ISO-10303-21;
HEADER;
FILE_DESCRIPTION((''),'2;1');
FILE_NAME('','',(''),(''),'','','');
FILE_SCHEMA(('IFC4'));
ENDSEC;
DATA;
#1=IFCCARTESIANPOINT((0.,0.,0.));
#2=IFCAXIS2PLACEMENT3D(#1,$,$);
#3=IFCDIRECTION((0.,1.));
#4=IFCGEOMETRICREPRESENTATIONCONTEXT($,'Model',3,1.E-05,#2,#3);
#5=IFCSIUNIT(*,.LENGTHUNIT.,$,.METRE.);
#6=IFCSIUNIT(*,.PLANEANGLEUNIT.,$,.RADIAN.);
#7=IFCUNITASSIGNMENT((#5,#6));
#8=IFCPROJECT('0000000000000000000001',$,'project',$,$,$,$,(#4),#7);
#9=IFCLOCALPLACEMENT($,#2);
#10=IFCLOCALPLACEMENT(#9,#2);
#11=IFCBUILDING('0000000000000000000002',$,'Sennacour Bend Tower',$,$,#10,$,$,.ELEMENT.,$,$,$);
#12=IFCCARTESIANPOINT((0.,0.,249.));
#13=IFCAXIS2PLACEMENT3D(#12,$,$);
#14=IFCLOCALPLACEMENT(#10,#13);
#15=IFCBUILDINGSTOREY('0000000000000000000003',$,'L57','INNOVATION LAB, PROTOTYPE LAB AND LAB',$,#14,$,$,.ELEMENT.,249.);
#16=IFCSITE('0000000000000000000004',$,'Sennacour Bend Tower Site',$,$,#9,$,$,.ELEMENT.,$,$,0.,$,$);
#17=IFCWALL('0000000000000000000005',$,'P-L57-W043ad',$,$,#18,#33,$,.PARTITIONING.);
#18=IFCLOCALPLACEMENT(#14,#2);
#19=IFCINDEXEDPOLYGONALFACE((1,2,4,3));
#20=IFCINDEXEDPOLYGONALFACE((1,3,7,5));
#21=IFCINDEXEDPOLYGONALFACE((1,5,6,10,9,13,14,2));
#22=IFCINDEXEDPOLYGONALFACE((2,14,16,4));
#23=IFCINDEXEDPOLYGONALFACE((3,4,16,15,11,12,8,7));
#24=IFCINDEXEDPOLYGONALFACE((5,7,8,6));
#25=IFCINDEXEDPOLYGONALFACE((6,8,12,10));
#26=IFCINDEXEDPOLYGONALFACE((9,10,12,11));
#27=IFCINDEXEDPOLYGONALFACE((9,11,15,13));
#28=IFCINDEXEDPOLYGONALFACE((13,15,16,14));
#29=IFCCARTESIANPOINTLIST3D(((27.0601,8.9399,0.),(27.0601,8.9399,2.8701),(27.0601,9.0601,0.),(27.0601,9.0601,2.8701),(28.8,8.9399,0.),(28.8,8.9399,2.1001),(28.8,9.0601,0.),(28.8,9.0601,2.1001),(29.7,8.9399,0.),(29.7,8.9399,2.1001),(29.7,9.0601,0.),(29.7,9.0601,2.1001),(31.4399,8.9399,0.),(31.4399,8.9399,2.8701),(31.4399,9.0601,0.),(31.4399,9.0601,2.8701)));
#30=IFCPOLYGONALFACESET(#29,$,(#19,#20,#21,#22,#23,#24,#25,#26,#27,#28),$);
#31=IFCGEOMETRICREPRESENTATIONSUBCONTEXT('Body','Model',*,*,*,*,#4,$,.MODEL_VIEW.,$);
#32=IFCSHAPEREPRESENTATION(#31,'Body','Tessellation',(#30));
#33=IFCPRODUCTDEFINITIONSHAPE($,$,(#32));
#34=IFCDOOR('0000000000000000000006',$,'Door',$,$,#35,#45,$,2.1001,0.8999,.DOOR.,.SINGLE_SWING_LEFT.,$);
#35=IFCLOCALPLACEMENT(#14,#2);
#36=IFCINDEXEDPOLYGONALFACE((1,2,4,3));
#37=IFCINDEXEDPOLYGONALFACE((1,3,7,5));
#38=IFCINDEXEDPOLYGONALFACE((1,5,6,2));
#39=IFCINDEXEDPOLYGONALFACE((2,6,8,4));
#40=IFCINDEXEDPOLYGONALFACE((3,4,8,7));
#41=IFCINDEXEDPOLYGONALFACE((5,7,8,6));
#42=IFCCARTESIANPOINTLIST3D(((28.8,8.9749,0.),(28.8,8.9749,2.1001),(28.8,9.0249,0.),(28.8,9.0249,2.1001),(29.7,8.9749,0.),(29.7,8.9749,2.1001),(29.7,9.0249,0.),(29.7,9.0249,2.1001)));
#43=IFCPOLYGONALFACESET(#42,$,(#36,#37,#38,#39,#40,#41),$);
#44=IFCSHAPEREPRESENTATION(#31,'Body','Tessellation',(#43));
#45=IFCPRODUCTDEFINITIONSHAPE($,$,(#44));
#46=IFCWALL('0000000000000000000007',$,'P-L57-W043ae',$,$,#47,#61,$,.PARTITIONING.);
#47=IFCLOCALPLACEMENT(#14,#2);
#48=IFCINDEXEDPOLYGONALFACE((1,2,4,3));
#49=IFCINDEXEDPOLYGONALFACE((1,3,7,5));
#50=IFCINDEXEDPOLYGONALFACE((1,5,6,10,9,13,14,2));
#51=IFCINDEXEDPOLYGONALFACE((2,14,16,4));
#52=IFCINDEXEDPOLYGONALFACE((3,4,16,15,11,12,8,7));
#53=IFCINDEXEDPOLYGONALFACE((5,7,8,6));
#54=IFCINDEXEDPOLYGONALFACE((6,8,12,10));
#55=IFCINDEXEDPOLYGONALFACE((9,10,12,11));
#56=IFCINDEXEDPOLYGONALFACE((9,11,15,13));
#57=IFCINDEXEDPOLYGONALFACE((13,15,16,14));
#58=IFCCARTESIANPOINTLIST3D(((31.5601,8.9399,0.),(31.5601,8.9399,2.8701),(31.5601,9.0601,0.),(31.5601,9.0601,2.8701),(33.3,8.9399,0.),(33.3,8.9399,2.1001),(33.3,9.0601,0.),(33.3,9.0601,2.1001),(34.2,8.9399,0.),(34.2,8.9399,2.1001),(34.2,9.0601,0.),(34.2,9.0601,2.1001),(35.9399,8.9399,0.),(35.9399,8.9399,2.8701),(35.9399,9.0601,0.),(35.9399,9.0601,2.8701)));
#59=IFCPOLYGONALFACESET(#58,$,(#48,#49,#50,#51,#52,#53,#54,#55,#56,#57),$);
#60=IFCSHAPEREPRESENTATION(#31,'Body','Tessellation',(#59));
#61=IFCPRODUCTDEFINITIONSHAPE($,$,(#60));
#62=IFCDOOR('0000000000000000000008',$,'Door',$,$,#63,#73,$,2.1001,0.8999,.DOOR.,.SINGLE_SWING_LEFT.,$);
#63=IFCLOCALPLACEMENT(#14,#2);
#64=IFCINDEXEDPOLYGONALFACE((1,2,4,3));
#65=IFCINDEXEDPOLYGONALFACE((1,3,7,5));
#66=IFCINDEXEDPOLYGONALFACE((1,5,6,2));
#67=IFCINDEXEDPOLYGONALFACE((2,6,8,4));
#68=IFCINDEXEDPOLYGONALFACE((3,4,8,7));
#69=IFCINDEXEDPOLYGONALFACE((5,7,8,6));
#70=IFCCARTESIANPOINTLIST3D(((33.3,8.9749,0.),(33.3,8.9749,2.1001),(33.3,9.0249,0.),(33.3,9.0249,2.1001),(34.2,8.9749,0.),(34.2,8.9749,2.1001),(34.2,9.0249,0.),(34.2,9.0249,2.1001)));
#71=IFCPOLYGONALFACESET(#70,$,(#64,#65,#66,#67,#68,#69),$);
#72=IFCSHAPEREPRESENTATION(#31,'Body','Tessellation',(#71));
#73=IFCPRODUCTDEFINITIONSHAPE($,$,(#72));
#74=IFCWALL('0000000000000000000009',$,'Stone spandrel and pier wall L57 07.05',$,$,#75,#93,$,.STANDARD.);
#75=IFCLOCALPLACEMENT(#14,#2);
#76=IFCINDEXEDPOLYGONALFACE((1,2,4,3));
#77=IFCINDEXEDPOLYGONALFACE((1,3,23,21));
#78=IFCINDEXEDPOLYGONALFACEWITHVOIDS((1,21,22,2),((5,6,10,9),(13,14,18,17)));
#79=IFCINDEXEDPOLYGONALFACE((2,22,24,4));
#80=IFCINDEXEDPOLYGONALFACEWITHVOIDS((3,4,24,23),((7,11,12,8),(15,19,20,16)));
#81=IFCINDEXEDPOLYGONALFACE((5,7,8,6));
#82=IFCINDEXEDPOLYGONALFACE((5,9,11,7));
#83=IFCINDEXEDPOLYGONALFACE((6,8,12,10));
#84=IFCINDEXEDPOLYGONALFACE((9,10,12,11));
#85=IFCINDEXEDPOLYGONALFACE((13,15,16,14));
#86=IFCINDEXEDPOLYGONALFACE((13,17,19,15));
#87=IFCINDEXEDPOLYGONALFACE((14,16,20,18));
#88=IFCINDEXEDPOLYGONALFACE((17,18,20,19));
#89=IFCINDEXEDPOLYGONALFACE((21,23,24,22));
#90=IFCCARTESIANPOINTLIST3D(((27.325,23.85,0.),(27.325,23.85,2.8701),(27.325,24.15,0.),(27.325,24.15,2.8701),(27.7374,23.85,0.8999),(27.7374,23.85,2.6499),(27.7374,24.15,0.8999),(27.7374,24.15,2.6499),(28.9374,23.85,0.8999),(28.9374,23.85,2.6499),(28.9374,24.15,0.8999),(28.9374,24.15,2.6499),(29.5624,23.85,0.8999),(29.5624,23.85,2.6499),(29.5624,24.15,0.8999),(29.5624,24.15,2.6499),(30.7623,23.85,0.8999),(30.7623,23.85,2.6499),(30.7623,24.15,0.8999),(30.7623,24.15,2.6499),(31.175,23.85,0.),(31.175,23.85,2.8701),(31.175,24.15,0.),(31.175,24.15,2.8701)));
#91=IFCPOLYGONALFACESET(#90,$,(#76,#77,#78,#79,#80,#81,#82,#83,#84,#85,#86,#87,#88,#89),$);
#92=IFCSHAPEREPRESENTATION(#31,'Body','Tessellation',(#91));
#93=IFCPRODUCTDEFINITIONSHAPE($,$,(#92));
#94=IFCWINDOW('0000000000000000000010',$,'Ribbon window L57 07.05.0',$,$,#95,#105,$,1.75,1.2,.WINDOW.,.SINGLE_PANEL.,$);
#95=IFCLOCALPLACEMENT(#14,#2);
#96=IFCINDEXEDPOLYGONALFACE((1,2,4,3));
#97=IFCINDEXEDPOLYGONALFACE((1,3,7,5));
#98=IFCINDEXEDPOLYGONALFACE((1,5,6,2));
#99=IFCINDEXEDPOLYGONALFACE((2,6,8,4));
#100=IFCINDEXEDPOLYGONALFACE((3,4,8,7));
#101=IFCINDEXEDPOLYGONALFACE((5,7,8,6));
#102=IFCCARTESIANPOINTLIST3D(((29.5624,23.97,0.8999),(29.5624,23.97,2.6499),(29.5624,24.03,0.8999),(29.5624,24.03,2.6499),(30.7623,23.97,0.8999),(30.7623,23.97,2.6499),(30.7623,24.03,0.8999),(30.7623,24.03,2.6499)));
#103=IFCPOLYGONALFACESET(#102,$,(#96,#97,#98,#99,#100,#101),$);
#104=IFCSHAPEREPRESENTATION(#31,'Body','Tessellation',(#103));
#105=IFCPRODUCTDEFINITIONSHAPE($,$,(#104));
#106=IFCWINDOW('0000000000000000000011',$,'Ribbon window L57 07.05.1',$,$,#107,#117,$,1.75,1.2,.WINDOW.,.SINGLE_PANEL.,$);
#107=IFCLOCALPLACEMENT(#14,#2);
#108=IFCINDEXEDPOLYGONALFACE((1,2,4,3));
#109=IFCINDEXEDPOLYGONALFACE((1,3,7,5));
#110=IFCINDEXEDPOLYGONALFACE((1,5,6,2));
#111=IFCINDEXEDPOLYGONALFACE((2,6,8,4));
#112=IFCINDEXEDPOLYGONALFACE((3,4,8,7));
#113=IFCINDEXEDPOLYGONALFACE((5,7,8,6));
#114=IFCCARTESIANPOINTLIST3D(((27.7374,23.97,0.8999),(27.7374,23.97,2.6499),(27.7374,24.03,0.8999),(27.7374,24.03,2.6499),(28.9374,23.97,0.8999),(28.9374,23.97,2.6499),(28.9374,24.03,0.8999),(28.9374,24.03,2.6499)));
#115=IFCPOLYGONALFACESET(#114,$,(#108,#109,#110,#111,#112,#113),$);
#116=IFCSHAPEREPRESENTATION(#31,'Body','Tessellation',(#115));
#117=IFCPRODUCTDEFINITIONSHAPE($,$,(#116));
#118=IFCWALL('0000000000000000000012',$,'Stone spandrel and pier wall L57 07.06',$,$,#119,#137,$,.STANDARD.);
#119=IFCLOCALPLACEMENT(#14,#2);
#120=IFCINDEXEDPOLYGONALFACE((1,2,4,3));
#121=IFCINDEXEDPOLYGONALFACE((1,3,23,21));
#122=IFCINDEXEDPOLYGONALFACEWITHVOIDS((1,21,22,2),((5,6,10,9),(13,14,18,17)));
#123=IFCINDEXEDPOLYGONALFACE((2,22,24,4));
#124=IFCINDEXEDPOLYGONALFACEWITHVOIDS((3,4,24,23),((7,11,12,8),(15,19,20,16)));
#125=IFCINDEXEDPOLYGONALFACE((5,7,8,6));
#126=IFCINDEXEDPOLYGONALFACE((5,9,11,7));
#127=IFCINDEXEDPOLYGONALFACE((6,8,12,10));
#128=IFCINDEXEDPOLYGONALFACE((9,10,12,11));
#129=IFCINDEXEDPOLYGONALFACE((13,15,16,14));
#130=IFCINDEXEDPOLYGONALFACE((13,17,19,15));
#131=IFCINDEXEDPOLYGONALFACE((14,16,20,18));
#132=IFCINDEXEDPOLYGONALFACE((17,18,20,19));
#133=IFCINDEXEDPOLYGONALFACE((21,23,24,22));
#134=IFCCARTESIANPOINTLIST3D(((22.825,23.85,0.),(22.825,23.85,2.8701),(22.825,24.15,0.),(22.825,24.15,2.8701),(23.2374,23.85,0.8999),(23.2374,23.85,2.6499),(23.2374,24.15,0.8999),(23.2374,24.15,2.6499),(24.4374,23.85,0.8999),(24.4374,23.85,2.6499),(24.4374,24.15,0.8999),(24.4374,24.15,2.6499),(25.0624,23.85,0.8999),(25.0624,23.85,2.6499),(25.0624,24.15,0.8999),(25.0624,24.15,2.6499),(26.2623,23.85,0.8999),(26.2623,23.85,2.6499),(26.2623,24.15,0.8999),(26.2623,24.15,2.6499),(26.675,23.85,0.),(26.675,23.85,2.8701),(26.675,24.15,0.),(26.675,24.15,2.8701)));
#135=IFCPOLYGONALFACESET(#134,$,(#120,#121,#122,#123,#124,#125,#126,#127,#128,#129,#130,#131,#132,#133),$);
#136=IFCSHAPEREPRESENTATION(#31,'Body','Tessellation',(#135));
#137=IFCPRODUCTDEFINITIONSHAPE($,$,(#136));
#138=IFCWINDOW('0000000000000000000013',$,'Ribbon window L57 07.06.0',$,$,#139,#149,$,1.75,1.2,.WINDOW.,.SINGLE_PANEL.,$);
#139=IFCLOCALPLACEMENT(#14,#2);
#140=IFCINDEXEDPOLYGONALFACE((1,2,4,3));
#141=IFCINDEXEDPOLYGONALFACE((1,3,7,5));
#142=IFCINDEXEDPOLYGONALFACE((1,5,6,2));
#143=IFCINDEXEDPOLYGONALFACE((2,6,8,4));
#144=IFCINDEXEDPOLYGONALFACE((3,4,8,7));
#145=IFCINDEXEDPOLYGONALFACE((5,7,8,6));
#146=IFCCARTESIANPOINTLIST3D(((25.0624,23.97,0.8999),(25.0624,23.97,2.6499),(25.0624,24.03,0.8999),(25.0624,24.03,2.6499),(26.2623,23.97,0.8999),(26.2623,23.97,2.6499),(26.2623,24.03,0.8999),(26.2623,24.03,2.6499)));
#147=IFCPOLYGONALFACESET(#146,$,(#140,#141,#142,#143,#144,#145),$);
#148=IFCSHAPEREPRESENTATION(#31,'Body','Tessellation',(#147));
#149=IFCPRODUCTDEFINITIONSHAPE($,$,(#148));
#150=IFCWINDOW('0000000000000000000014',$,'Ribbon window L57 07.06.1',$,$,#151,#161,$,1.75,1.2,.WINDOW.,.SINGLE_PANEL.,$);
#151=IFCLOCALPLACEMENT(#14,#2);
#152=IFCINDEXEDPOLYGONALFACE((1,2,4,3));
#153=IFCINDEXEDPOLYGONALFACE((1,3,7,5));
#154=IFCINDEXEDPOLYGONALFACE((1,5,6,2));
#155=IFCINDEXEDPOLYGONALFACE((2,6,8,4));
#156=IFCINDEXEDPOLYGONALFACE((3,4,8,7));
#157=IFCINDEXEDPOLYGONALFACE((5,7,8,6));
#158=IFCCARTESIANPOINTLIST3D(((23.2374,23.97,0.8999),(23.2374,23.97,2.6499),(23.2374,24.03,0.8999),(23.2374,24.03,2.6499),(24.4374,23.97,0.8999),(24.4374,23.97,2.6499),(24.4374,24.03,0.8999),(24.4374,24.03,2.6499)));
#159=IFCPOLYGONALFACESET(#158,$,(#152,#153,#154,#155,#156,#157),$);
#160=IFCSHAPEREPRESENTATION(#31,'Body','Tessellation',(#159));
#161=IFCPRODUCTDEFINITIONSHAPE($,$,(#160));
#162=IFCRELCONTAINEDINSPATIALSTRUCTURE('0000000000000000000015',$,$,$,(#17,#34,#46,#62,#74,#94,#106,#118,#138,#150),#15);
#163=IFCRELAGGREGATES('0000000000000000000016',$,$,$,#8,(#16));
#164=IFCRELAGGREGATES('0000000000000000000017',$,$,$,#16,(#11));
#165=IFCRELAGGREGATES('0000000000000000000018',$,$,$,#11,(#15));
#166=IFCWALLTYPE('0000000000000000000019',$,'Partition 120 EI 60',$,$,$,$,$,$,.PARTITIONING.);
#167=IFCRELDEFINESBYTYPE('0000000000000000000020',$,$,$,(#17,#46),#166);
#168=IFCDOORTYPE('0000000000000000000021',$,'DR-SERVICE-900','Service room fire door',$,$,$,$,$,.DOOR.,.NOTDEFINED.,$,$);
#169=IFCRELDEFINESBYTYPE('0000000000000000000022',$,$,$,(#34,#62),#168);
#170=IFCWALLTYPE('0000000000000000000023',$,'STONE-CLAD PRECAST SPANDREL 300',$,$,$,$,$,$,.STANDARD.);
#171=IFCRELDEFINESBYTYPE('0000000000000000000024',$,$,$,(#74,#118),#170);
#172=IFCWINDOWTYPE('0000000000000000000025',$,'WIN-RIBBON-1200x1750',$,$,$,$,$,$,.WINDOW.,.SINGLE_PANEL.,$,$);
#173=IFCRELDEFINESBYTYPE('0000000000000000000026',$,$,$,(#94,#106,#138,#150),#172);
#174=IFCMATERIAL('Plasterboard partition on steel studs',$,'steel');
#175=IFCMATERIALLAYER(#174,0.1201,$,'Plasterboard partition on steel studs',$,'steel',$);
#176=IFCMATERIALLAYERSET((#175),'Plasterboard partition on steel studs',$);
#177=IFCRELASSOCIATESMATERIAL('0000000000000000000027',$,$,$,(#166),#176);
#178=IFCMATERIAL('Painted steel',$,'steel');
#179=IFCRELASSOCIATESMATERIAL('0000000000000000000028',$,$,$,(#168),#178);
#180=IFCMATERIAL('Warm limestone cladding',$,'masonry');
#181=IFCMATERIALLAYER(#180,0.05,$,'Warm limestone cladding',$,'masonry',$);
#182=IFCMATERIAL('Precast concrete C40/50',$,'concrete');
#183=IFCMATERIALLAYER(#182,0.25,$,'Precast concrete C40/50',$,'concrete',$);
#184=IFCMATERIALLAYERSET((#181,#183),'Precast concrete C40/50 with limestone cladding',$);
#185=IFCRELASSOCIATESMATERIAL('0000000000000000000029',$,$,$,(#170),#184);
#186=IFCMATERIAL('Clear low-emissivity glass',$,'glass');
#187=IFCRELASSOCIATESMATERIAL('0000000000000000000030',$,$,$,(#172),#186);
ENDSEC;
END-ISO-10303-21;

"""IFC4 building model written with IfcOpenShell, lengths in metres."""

from ifc_helpers import new_model, si_unit, direction, frame, frame_2d, origin, place, context, subcontext, project, spatial, rectangle, extrude, material, layer, layer_set, type_object, element, fill, save


model = new_model("IFC4")

# Units and contexts
model_context = context("Model", 3, precision=1e-05, world=origin(), true_north=direction((0.0, 1.0)))
body_context = subcontext(model_context, "Body", "Model", "MODEL_VIEW")
ifc_project = project(units=[si_unit("LENGTHUNIT", "METRE"), si_unit("PLANEANGLEUNIT", "RADIAN")], contexts=[model_context])

# Site, building, storey
site_placement = place(None, origin())
site = spatial("IfcSite", under=ifc_project, at=site_placement, Name="Sennacour Bend Tower Site", CompositionType="ELEMENT", RefElevation=0.0)
building_placement = place(site_placement, origin())
building = spatial("IfcBuilding", under=site, at=building_placement, Name="Sennacour Bend Tower", CompositionType="ELEMENT")
storey_placement = place(building_placement, frame((0.0, 0.0, 249.0)))
storey = spatial("IfcBuildingStorey", under=building, at=storey_placement, Name="L57", Description="INNOVATION LAB, PROTOTYPE LAB AND LAB", CompositionType="ELEMENT", Elevation=249.0)

# Shared definitions
ifc_material_1 = material(Name="Plasterboard partition on steel studs", Category="steel")

# Walls, openings, doors
ifc_layer_1 = layer(ifc_material_1, 0.1201, Name="Plasterboard partition on steel studs", Category="steel")
ifc_layer_set_1 = layer_set([ifc_layer_1], Name="Plasterboard partition on steel studs")
wall_type_1 = type_object("IfcWallType", Name="Partition 120 EI 60", PredefinedType="PARTITIONING", material=ifc_layer_set_1)
wall_1_placement = place(storey_placement, frame((27.0601, 9.0, 0.0), z_axis=(0.0, 0.0, 1.0), x_axis=(1.0, 0.0, 0.0)))
wall_1 = element("IfcWall", 1, at=wall_1_placement, inside=storey, type_object=wall_type_1, Name="P-L57-W043ad", PredefinedType="PARTITIONING", context=body_context, shape_type="SweptSolid", body=[
    extrude(rectangle(XDim=4.3799, YDim=0.1201, at=frame_2d((2.1899, 0.0))), origin(), (0.0, 0.0, 1.0), 2.8701),
])
opening_1_placement = place(wall_1_placement, frame((1.74, 0.0, 0.0)))
opening_1 = element("IfcOpeningElement", 2, at=opening_1_placement, cuts=wall_1, PredefinedType="OPENING", context=body_context, shape_type="SweptSolid", body=[
    extrude(rectangle(XDim=0.8999, YDim=2.1001, at=frame_2d((0.45, 1.05))), frame((0.0, 0.0701, 0.0), z_axis=(0.0, -1.0, 0.0), x_axis=(1.0, 0.0, 0.0)), (0.0, 0.0, 1.0), 0.1401),
])
ifc_material_2 = material(Name="Painted steel", Category="steel")
door_type_1 = type_object("IfcDoorType", Name="DR-SERVICE-900", Description="Service room fire door", OperationType="NOTDEFINED", PredefinedType="DOOR", material=ifc_material_2)
door_1_placement = place(opening_1_placement, origin())
door_1 = element("IfcDoor", 3, at=door_1_placement, inside=storey, type_object=door_type_1, Name="Door", OperationType="SINGLE_SWING_LEFT", OverallHeight=2.1001, OverallWidth=0.8999, PredefinedType="DOOR", context=body_context, shape_type="SweptSolid", body=[
    extrude(rectangle(XDim=0.8999, YDim=2.1001, at=frame_2d((0.45, 1.05))), frame((0.0, 0.0249, 0.0), z_axis=(0.0, -1.0, 0.0), x_axis=(1.0, 0.0, 0.0)), (0.0, 0.0, 1.0), 0.05),
])
fill(opening_1, door_1)
wall_2_placement = place(storey_placement, frame((31.5601, 9.0, 0.0), z_axis=(0.0, 0.0, 1.0), x_axis=(1.0, 0.0, 0.0)))
wall_2 = element("IfcWall", 4, at=wall_2_placement, inside=storey, type_object=wall_type_1, Name="P-L57-W043ae", PredefinedType="PARTITIONING", context=body_context, shape_type="SweptSolid", body=[
    extrude(rectangle(XDim=4.3799, YDim=0.1201, at=frame_2d((2.1899, 0.0))), origin(), (0.0, 0.0, 1.0), 2.8701),
])
opening_2_placement = place(wall_2_placement, frame((1.74, 0.0, 0.0)))
opening_2 = element("IfcOpeningElement", 5, at=opening_2_placement, cuts=wall_2, PredefinedType="OPENING", context=body_context, shape_type="SweptSolid", body=[
    extrude(rectangle(XDim=0.8999, YDim=2.1001, at=frame_2d((0.45, 1.05))), frame((0.0, 0.0701, 0.0), z_axis=(0.0, -1.0, 0.0), x_axis=(1.0, 0.0, 0.0)), (0.0, 0.0, 1.0), 0.1401),
])
door_2_placement = place(opening_2_placement, origin())
door_2 = element("IfcDoor", 6, at=door_2_placement, inside=storey, type_object=door_type_1, Name="Door", OperationType="SINGLE_SWING_LEFT", OverallHeight=2.1001, OverallWidth=0.8999, PredefinedType="DOOR", context=body_context, shape_type="SweptSolid", body=[
    extrude(rectangle(XDim=0.8999, YDim=2.1001, at=frame_2d((0.45, 1.05))), frame((0.0, 0.0249, 0.0), z_axis=(0.0, -1.0, 0.0), x_axis=(1.0, 0.0, 0.0)), (0.0, 0.0, 1.0), 0.05),
])
fill(opening_2, door_2)

# Walls, openings, windows
ifc_material_3 = material(Name="Warm limestone cladding", Category="masonry")
ifc_layer_2 = layer(ifc_material_3, 0.05, Name="Warm limestone cladding", Category="masonry")
ifc_material_4 = material(Name="Precast concrete C40/50", Category="concrete")
ifc_layer_3 = layer(ifc_material_4, 0.25, Name="Precast concrete C40/50", Category="concrete")
ifc_layer_set_2 = layer_set([ifc_layer_2, ifc_layer_3], Name="Precast concrete C40/50 with limestone cladding")
wall_type_2 = type_object("IfcWallType", Name="STONE-CLAD PRECAST SPANDREL 300", PredefinedType="STANDARD", material=ifc_layer_set_2)
wall_3_placement = place(storey_placement, frame((31.175, 24.0, 0.0), z_axis=(0.0, 0.0, 1.0), x_axis=(-1.0, 0.0, 0.0)))
wall_3 = element("IfcWall", 7, at=wall_3_placement, inside=storey, type_object=wall_type_2, Name="Stone spandrel and pier wall L57 07.05", PredefinedType="STANDARD", context=body_context, shape_type="SweptSolid", body=[
    extrude(rectangle(XDim=3.8501, YDim=0.3, at=frame_2d((1.925, 0.0))), origin(), (0.0, 0.0, 1.0), 2.8701),
])
opening_3_placement = place(wall_3_placement, frame((0.4126, 0.0, 0.8999)))
opening_3 = element("IfcOpeningElement", 8, at=opening_3_placement, cuts=wall_3, PredefinedType="OPENING", context=body_context, shape_type="SweptSolid", body=[
    extrude(rectangle(XDim=1.2, YDim=1.75, at=frame_2d((0.6001, 0.875))), frame((0.0, 0.1602, 0.0), z_axis=(0.0, -1.0, 0.0), x_axis=(1.0, 0.0, 0.0)), (0.0, 0.0, 1.0), 0.3201),
])
opening_4_placement = place(wall_3_placement, frame((2.2375, 0.0, 0.8999)))
opening_4 = element("IfcOpeningElement", 9, at=opening_4_placement, cuts=wall_3, PredefinedType="OPENING", context=body_context, shape_type="SweptSolid", body=[
    extrude(rectangle(XDim=1.2, YDim=1.75, at=frame_2d((0.6001, 0.875))), frame((0.0, 0.1602, 0.0), z_axis=(0.0, -1.0, 0.0), x_axis=(1.0, 0.0, 0.0)), (0.0, 0.0, 1.0), 0.3201),
])
ifc_material_5 = material(Name="Clear low-emissivity glass", Category="glass")
window_type = type_object("IfcWindowType", Name="WIN-RIBBON-1200x1750", PartitioningType="SINGLE_PANEL", PredefinedType="WINDOW", material=ifc_material_5)
window_1_placement = place(opening_3_placement, origin())
window_1 = element("IfcWindow", 10, at=window_1_placement, inside=storey, type_object=window_type, Name="Ribbon window L57 07.05.0", OverallHeight=1.75, OverallWidth=1.2, PartitioningType="SINGLE_PANEL", PredefinedType="WINDOW", context=body_context, shape_type="SweptSolid", body=[
    extrude(rectangle(XDim=1.2, YDim=1.75, at=frame_2d((0.6001, 0.875))), frame((0.0, 0.03, 0.0), z_axis=(0.0, -1.0, 0.0), x_axis=(1.0, 0.0, 0.0)), (0.0, 0.0, 1.0), 0.0601),
])
fill(opening_3, window_1)
window_2_placement = place(opening_4_placement, origin())
window_2 = element("IfcWindow", 11, at=window_2_placement, inside=storey, type_object=window_type, Name="Ribbon window L57 07.05.1", OverallHeight=1.75, OverallWidth=1.2, PartitioningType="SINGLE_PANEL", PredefinedType="WINDOW", context=body_context, shape_type="SweptSolid", body=[
    extrude(rectangle(XDim=1.2, YDim=1.75, at=frame_2d((0.6001, 0.875))), frame((0.0, 0.03, 0.0), z_axis=(0.0, -1.0, 0.0), x_axis=(1.0, 0.0, 0.0)), (0.0, 0.0, 1.0), 0.0601),
])
fill(opening_4, window_2)
wall_4_placement = place(storey_placement, frame((26.675, 24.0, 0.0), z_axis=(0.0, 0.0, 1.0), x_axis=(-1.0, 0.0, 0.0)))
wall_4 = element("IfcWall", 12, at=wall_4_placement, inside=storey, type_object=wall_type_2, Name="Stone spandrel and pier wall L57 07.06", PredefinedType="STANDARD", context=body_context, shape_type="SweptSolid", body=[
    extrude(rectangle(XDim=3.8501, YDim=0.3, at=frame_2d((1.925, 0.0))), origin(), (0.0, 0.0, 1.0), 2.8701),
])
opening_5_placement = place(wall_4_placement, frame((0.4126, 0.0, 0.8999)))
opening_5 = element("IfcOpeningElement", 13, at=opening_5_placement, cuts=wall_4, PredefinedType="OPENING", context=body_context, shape_type="SweptSolid", body=[
    extrude(rectangle(XDim=1.2, YDim=1.75, at=frame_2d((0.6001, 0.875))), frame((0.0, 0.1602, 0.0), z_axis=(0.0, -1.0, 0.0), x_axis=(1.0, 0.0, 0.0)), (0.0, 0.0, 1.0), 0.3201),
])
opening_6_placement = place(wall_4_placement, frame((2.2375, 0.0, 0.8999)))
opening_6 = element("IfcOpeningElement", 14, at=opening_6_placement, cuts=wall_4, PredefinedType="OPENING", context=body_context, shape_type="SweptSolid", body=[
    extrude(rectangle(XDim=1.2, YDim=1.75, at=frame_2d((0.6001, 0.875))), frame((0.0, 0.1602, 0.0), z_axis=(0.0, -1.0, 0.0), x_axis=(1.0, 0.0, 0.0)), (0.0, 0.0, 1.0), 0.3201),
])
window_3_placement = place(opening_5_placement, origin())
window_3 = element("IfcWindow", 15, at=window_3_placement, inside=storey, type_object=window_type, Name="Ribbon window L57 07.06.0", OverallHeight=1.75, OverallWidth=1.2, PartitioningType="SINGLE_PANEL", PredefinedType="WINDOW", context=body_context, shape_type="SweptSolid", body=[
    extrude(rectangle(XDim=1.2, YDim=1.75, at=frame_2d((0.6001, 0.875))), frame((0.0, 0.03, 0.0), z_axis=(0.0, -1.0, 0.0), x_axis=(1.0, 0.0, 0.0)), (0.0, 0.0, 1.0), 0.0601),
])
fill(opening_5, window_3)
window_4_placement = place(opening_6_placement, origin())
window_4 = element("IfcWindow", 16, at=window_4_placement, inside=storey, type_object=window_type, Name="Ribbon window L57 07.06.1", OverallHeight=1.75, OverallWidth=1.2, PartitioningType="SINGLE_PANEL", PredefinedType="WINDOW", context=body_context, shape_type="SweptSolid", body=[
    extrude(rectangle(XDim=1.2, YDim=1.75, at=frame_2d((0.6001, 0.875))), frame((0.0, 0.03, 0.0), z_axis=(0.0, -1.0, 0.0), x_axis=(1.0, 0.0, 0.0)), (0.0, 0.0, 1.0), 0.0601),
])
fill(opening_6, window_4)

save(model, "model.ifc")
